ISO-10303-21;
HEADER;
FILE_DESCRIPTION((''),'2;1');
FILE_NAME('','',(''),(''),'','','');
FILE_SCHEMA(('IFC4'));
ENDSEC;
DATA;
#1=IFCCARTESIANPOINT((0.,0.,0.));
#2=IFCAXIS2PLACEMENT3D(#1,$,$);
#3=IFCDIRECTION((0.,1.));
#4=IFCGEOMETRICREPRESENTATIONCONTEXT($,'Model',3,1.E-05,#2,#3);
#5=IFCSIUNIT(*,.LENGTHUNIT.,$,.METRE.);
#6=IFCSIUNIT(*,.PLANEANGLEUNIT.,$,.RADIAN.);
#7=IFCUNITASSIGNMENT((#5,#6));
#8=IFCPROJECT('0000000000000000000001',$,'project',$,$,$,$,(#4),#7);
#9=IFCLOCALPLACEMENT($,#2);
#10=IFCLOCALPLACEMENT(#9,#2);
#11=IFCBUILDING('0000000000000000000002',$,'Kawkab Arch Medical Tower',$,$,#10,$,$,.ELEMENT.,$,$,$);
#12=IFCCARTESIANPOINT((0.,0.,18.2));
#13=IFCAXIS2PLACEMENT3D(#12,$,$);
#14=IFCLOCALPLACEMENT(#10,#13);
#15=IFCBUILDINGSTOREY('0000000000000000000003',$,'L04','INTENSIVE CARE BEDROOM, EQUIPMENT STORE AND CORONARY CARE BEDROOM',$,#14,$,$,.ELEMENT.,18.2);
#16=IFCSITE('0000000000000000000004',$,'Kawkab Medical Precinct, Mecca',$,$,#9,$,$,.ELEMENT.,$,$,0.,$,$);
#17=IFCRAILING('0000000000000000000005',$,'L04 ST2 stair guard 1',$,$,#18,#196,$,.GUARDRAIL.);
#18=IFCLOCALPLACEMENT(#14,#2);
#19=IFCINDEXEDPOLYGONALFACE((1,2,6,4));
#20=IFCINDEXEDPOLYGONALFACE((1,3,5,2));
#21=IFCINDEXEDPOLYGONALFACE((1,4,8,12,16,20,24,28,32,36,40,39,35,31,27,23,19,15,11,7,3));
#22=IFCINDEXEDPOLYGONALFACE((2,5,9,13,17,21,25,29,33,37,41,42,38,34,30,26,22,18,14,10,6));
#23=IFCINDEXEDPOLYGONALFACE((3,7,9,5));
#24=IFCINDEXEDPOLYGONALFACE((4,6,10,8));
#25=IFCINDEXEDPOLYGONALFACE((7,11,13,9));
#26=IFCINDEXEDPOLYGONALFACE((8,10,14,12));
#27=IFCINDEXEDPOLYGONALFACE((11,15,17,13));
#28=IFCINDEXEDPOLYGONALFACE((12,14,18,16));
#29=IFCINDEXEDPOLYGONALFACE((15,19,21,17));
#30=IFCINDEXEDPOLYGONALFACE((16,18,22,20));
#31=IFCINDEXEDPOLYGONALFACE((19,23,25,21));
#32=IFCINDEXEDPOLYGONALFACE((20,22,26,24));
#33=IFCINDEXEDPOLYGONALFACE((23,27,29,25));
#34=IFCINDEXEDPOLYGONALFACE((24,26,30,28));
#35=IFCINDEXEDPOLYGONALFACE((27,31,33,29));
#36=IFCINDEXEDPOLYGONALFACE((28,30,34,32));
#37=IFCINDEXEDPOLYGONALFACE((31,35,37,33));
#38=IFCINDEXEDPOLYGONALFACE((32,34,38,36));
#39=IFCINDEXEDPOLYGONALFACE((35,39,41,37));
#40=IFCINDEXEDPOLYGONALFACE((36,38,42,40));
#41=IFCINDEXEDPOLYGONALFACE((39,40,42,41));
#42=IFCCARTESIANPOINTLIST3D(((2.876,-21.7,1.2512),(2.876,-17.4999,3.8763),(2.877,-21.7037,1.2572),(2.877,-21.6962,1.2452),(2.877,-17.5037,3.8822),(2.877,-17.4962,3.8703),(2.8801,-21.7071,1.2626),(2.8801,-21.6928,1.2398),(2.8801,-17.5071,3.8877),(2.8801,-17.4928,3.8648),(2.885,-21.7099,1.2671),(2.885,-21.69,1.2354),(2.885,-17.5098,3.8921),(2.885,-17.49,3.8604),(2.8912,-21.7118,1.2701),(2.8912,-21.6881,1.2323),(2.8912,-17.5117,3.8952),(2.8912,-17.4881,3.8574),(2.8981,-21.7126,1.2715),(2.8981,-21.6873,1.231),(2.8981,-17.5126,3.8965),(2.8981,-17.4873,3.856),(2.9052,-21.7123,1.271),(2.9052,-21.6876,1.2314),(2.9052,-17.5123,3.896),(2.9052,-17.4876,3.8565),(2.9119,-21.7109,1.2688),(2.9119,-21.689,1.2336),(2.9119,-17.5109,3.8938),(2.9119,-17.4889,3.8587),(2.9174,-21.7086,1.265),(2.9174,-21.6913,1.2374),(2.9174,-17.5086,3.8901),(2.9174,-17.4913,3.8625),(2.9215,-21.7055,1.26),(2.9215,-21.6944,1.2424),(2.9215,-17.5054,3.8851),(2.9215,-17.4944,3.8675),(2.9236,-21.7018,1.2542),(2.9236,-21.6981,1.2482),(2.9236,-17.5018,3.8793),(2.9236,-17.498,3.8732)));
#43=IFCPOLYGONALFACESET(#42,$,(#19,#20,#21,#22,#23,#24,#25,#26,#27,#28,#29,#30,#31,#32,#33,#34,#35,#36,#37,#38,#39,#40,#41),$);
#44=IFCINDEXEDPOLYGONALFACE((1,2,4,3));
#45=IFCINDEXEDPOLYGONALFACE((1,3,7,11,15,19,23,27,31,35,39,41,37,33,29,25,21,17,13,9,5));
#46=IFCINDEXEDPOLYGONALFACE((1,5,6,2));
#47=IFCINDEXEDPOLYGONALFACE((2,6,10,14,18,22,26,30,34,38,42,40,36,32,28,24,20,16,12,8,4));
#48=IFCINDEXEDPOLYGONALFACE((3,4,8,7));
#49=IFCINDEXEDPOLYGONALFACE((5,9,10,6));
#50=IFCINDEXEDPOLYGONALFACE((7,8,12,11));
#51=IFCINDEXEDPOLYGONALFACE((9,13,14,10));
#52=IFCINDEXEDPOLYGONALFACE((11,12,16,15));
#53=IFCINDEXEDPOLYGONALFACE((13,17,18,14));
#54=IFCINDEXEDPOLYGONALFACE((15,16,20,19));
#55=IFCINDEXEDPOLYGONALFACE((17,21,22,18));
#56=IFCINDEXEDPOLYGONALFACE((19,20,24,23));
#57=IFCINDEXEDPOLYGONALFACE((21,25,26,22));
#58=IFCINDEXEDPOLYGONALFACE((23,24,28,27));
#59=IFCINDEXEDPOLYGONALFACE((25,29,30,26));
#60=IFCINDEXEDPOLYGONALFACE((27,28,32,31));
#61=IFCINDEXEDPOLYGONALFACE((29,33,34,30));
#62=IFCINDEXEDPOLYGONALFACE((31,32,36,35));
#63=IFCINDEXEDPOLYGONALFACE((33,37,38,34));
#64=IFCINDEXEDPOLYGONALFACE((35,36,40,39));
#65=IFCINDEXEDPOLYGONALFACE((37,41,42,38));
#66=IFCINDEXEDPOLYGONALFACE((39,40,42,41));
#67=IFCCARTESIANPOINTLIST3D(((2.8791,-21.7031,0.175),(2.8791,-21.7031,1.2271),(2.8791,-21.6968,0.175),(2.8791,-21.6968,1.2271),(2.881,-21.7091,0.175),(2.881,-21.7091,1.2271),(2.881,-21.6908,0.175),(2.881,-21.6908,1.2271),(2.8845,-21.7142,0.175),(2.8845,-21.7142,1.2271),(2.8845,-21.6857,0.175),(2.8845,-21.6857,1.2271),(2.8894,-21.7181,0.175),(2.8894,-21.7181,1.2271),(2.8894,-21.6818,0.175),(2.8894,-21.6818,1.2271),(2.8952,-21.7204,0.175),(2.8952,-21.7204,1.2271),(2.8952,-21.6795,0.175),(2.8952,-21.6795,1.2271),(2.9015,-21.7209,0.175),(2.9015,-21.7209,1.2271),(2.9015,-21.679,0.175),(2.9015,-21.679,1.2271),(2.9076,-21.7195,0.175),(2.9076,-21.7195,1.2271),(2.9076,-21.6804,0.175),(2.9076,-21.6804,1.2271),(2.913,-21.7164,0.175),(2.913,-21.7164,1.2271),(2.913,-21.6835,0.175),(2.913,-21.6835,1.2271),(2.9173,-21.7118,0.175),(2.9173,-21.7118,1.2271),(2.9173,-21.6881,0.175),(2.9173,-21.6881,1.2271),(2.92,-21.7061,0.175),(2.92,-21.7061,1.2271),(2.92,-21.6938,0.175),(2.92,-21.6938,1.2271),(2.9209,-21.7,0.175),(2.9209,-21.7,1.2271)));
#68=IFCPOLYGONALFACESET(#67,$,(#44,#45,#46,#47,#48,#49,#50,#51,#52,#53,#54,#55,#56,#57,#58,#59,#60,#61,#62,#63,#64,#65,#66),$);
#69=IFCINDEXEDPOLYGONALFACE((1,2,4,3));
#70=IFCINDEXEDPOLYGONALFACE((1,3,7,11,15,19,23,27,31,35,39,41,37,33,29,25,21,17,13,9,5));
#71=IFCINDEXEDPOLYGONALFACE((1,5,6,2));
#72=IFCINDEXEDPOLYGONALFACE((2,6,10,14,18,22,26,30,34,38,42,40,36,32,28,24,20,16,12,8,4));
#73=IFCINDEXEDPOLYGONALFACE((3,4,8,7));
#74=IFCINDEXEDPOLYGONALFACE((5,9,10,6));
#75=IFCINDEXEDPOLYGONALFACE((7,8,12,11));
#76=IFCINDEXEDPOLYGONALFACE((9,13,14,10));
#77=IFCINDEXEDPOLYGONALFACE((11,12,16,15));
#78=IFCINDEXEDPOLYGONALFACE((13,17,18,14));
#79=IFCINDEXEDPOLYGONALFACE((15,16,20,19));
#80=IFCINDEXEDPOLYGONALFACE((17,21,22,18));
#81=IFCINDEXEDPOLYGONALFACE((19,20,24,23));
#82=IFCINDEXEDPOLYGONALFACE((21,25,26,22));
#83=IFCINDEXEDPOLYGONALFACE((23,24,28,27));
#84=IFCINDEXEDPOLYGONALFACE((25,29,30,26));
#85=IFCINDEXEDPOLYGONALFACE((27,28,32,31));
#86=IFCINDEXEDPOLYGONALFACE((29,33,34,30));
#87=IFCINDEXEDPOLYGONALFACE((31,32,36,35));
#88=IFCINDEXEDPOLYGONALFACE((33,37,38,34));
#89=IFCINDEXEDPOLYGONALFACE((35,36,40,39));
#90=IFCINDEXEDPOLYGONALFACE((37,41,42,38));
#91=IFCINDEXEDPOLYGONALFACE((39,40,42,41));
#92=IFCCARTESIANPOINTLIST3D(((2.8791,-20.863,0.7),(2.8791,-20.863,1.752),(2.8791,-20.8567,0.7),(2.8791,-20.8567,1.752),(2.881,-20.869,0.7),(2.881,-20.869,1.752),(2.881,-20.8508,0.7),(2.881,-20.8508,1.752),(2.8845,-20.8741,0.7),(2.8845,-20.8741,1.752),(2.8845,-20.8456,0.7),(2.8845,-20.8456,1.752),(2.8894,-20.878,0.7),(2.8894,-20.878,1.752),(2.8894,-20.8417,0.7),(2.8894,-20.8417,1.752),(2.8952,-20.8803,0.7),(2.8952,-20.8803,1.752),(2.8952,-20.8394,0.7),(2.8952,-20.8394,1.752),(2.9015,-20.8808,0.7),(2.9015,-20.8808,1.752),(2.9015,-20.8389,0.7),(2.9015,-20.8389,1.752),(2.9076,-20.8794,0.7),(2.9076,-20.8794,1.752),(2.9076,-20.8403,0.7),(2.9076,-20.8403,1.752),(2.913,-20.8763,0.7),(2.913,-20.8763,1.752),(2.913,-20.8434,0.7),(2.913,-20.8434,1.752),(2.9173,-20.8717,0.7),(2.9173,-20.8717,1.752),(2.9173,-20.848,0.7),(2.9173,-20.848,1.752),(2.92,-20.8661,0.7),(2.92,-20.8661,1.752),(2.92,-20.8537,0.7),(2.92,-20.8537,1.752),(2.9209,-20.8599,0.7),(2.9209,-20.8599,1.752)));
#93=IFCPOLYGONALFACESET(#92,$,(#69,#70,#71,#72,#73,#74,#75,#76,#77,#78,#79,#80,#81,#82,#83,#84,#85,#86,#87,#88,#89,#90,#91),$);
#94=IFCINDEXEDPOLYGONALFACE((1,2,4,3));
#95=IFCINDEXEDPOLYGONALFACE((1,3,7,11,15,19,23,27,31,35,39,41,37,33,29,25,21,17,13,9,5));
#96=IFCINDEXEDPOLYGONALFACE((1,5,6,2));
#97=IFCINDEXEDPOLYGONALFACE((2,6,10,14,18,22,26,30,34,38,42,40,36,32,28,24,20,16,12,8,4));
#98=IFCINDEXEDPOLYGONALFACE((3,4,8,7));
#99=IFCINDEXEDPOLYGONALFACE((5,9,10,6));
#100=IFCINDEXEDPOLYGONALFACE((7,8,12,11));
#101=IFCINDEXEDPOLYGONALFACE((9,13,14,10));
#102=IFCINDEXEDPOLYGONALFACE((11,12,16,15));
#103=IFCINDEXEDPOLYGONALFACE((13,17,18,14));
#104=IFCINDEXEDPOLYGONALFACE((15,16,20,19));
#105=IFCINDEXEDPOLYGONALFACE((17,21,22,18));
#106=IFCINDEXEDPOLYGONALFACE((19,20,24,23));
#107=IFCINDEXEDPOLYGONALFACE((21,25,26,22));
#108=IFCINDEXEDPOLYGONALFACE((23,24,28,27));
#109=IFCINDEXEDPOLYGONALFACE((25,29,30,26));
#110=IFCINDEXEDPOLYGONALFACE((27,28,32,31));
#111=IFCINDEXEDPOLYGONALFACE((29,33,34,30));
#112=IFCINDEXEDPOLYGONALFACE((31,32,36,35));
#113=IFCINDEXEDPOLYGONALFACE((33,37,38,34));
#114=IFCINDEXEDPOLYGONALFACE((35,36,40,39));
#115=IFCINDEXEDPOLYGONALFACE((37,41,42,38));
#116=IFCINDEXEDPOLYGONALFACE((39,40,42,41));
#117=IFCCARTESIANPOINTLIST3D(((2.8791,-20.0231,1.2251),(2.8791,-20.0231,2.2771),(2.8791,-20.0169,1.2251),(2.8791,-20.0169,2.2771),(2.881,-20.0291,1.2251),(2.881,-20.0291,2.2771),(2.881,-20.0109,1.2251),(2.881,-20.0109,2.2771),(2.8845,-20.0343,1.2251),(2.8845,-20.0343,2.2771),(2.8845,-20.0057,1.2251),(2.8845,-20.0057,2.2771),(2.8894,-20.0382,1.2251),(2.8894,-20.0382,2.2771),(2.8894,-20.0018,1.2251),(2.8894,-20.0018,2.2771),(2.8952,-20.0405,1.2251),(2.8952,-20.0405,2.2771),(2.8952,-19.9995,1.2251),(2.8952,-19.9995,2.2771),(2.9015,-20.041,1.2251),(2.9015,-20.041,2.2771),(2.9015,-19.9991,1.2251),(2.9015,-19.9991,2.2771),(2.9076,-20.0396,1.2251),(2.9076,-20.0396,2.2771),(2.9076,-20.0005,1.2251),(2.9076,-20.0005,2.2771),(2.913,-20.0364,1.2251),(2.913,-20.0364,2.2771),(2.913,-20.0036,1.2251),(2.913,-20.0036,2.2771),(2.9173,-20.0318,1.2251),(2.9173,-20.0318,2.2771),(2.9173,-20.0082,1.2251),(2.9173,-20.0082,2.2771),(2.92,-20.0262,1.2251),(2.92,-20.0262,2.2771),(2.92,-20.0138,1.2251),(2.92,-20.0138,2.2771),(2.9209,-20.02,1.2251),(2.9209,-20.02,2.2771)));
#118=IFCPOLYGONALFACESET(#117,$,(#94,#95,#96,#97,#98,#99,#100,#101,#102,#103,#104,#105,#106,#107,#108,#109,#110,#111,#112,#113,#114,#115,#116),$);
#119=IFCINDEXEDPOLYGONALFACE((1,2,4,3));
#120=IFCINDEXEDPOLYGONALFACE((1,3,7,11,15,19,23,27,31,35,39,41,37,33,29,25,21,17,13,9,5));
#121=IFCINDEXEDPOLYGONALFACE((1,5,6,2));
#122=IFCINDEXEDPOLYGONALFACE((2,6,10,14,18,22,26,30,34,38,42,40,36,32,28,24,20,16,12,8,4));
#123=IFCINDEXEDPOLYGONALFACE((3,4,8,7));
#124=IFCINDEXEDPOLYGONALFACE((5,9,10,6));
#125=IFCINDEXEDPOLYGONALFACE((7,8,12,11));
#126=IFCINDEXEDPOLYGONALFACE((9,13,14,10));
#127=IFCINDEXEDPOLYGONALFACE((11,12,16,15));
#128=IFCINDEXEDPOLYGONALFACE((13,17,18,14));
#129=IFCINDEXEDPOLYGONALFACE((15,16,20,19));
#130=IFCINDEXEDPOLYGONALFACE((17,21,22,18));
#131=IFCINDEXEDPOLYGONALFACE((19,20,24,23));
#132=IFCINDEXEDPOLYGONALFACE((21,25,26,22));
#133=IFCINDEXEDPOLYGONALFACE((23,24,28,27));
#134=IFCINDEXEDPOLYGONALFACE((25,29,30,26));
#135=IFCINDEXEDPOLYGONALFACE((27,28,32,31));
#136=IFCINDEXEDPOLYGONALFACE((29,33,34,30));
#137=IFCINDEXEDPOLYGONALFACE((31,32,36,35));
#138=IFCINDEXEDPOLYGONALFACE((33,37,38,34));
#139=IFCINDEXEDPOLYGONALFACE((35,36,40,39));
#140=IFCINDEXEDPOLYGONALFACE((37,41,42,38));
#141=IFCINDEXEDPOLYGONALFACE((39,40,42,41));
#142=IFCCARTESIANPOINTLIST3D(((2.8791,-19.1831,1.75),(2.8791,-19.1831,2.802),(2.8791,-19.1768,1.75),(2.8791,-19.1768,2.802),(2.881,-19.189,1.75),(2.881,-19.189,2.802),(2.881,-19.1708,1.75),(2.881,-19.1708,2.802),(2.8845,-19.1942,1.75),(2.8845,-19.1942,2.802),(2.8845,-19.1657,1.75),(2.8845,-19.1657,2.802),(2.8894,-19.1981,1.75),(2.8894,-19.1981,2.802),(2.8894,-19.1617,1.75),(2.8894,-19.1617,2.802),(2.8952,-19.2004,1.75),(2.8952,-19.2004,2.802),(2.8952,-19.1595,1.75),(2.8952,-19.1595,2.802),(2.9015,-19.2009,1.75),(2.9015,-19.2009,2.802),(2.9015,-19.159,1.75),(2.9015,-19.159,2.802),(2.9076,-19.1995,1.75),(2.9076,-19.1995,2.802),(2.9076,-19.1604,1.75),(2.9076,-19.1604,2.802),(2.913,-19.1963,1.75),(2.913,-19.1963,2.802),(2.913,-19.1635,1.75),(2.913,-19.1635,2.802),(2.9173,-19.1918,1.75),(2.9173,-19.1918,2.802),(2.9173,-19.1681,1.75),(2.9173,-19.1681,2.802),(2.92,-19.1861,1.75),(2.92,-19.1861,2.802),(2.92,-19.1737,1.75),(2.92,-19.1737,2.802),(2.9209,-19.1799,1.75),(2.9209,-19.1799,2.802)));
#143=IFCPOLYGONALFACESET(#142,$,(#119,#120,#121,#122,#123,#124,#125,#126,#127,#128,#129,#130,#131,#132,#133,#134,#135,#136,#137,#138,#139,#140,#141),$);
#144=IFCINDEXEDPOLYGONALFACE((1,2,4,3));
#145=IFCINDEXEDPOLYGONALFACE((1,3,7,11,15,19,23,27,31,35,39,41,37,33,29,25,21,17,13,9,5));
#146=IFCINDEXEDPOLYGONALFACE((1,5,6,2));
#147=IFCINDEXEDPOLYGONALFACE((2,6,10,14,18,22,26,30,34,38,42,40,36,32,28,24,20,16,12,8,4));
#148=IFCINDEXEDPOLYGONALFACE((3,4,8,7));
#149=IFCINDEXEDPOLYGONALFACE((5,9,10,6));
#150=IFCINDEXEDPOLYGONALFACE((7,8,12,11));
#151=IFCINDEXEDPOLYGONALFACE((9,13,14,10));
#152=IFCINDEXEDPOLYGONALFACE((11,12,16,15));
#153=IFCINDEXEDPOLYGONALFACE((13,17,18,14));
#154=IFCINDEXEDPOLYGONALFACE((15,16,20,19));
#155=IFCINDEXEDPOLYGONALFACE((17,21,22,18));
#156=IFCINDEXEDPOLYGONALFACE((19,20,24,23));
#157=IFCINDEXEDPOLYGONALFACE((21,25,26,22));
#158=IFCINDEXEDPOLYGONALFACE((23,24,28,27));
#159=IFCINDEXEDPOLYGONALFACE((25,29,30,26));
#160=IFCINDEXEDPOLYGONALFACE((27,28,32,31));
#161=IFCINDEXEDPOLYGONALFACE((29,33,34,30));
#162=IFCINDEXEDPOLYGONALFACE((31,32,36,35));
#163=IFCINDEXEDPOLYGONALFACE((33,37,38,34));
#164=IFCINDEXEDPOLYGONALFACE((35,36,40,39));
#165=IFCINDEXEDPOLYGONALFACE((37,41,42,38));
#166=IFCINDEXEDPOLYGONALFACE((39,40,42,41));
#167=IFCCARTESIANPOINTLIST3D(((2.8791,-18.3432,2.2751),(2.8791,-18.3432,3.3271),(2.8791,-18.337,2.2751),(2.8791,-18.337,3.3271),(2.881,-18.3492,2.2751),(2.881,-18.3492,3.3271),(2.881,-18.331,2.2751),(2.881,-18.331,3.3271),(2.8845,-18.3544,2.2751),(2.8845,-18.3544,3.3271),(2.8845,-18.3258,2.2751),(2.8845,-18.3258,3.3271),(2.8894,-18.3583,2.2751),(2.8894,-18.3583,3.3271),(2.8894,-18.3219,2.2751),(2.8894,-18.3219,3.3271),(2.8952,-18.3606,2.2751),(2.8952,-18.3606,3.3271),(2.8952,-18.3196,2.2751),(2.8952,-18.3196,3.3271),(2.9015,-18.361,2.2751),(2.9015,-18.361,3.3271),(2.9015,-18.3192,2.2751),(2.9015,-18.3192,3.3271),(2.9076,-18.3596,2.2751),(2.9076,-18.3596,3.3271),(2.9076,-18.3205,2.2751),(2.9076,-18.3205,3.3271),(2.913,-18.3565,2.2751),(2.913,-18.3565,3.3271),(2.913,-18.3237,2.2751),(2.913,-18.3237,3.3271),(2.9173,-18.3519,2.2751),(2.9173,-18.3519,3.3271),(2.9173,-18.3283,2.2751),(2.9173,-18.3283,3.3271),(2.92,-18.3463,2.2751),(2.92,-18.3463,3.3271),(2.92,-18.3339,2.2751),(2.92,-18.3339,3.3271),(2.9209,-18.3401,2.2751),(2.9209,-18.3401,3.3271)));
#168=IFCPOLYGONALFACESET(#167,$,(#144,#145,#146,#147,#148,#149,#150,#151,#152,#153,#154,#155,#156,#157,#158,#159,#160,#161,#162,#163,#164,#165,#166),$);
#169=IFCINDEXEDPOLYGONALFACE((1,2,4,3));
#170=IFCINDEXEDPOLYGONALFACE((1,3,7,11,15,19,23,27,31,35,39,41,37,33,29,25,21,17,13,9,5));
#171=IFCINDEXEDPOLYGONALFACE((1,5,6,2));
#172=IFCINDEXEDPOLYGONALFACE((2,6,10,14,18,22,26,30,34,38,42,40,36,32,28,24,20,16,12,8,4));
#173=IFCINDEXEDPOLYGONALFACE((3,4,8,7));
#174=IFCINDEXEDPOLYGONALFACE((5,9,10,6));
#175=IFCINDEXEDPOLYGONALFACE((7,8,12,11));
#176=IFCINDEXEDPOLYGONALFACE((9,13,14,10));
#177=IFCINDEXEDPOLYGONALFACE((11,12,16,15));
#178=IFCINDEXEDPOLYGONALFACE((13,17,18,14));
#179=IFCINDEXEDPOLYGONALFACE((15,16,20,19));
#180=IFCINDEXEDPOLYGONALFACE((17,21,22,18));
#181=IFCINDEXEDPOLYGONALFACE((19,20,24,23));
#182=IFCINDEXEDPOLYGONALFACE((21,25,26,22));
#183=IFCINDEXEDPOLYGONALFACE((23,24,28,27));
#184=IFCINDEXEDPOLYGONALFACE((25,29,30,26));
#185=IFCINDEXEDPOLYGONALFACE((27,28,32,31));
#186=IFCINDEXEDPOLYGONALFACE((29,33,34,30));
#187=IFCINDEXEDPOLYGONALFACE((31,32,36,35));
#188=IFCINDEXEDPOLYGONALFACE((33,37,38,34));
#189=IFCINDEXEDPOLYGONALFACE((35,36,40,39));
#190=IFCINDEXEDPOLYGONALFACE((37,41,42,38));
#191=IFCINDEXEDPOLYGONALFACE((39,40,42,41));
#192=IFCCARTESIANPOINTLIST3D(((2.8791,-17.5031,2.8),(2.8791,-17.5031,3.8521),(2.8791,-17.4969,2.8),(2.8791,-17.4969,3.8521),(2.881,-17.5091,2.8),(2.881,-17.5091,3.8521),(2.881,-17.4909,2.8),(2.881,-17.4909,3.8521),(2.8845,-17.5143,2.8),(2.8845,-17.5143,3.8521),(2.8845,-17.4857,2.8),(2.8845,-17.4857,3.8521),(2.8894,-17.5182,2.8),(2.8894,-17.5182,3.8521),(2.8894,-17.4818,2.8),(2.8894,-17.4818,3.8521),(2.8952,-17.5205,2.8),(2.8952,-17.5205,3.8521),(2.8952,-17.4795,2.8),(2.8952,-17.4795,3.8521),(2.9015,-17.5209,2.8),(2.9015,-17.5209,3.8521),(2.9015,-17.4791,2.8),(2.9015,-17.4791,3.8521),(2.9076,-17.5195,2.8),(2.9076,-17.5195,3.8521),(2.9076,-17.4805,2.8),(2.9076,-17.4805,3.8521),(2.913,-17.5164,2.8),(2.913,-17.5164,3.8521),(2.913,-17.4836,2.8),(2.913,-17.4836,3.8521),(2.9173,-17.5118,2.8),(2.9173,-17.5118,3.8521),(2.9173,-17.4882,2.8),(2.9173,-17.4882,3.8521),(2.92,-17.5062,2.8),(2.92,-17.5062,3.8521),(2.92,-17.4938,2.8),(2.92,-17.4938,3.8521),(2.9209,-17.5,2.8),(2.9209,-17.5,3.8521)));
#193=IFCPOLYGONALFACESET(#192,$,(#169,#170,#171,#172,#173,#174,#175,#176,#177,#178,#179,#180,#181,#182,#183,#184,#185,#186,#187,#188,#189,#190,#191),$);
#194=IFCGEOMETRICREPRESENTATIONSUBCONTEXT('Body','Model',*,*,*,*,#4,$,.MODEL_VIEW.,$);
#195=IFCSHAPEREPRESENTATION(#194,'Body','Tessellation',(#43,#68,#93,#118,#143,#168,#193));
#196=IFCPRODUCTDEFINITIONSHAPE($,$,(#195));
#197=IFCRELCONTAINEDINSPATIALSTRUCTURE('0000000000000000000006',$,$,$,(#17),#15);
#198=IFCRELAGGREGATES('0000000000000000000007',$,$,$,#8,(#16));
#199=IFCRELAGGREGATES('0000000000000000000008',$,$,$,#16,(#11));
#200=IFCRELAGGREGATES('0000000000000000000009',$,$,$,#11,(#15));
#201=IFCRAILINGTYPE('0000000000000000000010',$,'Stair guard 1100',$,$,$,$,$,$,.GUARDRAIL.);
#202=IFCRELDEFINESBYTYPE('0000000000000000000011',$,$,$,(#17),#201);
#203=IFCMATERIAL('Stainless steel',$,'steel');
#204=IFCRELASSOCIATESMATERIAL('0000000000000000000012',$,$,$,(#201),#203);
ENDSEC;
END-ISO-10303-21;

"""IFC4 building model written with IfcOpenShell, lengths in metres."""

from ifc_helpers import new_model, si_unit, direction, frame, origin, origin_2d, place, context, subcontext, project, spatial, circle, extrude, material, type_object, element, save


model = new_model("IFC4")

# Units and contexts
model_context = context("Model", 3, precision=1e-05, world=origin(), true_north=direction((0.0, 1.0)))
body_context = subcontext(model_context, "Body", "Model", "MODEL_VIEW")
ifc_project = project(units=[si_unit("LENGTHUNIT", "METRE"), si_unit("PLANEANGLEUNIT", "RADIAN")], contexts=[model_context])

# Site, building, storey
site_placement = place(None, origin())
site = spatial("IfcSite", under=ifc_project, at=site_placement, Name="Kawkab Medical Precinct, Mecca", CompositionType="ELEMENT", RefElevation=0.0)
building_placement = place(site_placement, origin())
building = spatial("IfcBuilding", under=site, at=building_placement, Name="Kawkab Arch Medical Tower", CompositionType="ELEMENT")
storey_placement = place(building_placement, frame((0.0, 0.0, 18.2)))
storey = spatial("IfcBuildingStorey", under=building, at=storey_placement, Name="L04", Description="INTENSIVE CARE BEDROOM, EQUIPMENT STORE AND CORONARY CARE BEDROOM", CompositionType="ELEMENT", Elevation=18.2)

# Railing
ifc_material_1 = material(Name="Stainless steel", Category="steel")
railing_type = type_object("IfcRailingType", Name="Stair guard 1100", PredefinedType="GUARDRAIL", material=ifc_material_1)
railing_1_placement = place(storey_placement, frame((2.8999, -21.7, 0.175)))
element("IfcRailing", 1, at=railing_1_placement, inside=storey, type_object=railing_type, Name="L04 ST2 stair guard 1", PredefinedType="GUARDRAIL", context=body_context, shape_type="SweptSolid", body=[
    extrude(circle(Radius=0.0239, at=origin_2d()), frame((0.0, 0.0, 1.0762), z_axis=(0.0, 0.847996, 0.530003), x_axis=(-1.0, 0.0, 0.0)), (0.0, 0.0, 1.0), 4.9529),
    extrude(circle(Radius=0.021, at=origin_2d()), origin(), (0.0, 0.0, 1.0), 1.052),
    extrude(circle(Radius=0.021, at=origin_2d()), frame((0.0, 0.8401, 0.5249)), (0.0, 0.0, 1.0), 1.052),
    extrude(circle(Radius=0.021, at=origin_2d()), frame((0.0, 1.6799, 1.05)), (0.0, 0.0, 1.0), 1.052),
    extrude(circle(Radius=0.021, at=origin_2d()), frame((0.0, 2.52, 1.575)), (0.0, 0.0, 1.0), 1.052),
    extrude(circle(Radius=0.021, at=origin_2d()), frame((0.0, 3.3599, 2.1001)), (0.0, 0.0, 1.0), 1.052),
    extrude(circle(Radius=0.021, at=origin_2d()), frame((0.0, 4.2, 2.625)), (0.0, 0.0, 1.0), 1.052),
])

save(model, "model.ifc")
